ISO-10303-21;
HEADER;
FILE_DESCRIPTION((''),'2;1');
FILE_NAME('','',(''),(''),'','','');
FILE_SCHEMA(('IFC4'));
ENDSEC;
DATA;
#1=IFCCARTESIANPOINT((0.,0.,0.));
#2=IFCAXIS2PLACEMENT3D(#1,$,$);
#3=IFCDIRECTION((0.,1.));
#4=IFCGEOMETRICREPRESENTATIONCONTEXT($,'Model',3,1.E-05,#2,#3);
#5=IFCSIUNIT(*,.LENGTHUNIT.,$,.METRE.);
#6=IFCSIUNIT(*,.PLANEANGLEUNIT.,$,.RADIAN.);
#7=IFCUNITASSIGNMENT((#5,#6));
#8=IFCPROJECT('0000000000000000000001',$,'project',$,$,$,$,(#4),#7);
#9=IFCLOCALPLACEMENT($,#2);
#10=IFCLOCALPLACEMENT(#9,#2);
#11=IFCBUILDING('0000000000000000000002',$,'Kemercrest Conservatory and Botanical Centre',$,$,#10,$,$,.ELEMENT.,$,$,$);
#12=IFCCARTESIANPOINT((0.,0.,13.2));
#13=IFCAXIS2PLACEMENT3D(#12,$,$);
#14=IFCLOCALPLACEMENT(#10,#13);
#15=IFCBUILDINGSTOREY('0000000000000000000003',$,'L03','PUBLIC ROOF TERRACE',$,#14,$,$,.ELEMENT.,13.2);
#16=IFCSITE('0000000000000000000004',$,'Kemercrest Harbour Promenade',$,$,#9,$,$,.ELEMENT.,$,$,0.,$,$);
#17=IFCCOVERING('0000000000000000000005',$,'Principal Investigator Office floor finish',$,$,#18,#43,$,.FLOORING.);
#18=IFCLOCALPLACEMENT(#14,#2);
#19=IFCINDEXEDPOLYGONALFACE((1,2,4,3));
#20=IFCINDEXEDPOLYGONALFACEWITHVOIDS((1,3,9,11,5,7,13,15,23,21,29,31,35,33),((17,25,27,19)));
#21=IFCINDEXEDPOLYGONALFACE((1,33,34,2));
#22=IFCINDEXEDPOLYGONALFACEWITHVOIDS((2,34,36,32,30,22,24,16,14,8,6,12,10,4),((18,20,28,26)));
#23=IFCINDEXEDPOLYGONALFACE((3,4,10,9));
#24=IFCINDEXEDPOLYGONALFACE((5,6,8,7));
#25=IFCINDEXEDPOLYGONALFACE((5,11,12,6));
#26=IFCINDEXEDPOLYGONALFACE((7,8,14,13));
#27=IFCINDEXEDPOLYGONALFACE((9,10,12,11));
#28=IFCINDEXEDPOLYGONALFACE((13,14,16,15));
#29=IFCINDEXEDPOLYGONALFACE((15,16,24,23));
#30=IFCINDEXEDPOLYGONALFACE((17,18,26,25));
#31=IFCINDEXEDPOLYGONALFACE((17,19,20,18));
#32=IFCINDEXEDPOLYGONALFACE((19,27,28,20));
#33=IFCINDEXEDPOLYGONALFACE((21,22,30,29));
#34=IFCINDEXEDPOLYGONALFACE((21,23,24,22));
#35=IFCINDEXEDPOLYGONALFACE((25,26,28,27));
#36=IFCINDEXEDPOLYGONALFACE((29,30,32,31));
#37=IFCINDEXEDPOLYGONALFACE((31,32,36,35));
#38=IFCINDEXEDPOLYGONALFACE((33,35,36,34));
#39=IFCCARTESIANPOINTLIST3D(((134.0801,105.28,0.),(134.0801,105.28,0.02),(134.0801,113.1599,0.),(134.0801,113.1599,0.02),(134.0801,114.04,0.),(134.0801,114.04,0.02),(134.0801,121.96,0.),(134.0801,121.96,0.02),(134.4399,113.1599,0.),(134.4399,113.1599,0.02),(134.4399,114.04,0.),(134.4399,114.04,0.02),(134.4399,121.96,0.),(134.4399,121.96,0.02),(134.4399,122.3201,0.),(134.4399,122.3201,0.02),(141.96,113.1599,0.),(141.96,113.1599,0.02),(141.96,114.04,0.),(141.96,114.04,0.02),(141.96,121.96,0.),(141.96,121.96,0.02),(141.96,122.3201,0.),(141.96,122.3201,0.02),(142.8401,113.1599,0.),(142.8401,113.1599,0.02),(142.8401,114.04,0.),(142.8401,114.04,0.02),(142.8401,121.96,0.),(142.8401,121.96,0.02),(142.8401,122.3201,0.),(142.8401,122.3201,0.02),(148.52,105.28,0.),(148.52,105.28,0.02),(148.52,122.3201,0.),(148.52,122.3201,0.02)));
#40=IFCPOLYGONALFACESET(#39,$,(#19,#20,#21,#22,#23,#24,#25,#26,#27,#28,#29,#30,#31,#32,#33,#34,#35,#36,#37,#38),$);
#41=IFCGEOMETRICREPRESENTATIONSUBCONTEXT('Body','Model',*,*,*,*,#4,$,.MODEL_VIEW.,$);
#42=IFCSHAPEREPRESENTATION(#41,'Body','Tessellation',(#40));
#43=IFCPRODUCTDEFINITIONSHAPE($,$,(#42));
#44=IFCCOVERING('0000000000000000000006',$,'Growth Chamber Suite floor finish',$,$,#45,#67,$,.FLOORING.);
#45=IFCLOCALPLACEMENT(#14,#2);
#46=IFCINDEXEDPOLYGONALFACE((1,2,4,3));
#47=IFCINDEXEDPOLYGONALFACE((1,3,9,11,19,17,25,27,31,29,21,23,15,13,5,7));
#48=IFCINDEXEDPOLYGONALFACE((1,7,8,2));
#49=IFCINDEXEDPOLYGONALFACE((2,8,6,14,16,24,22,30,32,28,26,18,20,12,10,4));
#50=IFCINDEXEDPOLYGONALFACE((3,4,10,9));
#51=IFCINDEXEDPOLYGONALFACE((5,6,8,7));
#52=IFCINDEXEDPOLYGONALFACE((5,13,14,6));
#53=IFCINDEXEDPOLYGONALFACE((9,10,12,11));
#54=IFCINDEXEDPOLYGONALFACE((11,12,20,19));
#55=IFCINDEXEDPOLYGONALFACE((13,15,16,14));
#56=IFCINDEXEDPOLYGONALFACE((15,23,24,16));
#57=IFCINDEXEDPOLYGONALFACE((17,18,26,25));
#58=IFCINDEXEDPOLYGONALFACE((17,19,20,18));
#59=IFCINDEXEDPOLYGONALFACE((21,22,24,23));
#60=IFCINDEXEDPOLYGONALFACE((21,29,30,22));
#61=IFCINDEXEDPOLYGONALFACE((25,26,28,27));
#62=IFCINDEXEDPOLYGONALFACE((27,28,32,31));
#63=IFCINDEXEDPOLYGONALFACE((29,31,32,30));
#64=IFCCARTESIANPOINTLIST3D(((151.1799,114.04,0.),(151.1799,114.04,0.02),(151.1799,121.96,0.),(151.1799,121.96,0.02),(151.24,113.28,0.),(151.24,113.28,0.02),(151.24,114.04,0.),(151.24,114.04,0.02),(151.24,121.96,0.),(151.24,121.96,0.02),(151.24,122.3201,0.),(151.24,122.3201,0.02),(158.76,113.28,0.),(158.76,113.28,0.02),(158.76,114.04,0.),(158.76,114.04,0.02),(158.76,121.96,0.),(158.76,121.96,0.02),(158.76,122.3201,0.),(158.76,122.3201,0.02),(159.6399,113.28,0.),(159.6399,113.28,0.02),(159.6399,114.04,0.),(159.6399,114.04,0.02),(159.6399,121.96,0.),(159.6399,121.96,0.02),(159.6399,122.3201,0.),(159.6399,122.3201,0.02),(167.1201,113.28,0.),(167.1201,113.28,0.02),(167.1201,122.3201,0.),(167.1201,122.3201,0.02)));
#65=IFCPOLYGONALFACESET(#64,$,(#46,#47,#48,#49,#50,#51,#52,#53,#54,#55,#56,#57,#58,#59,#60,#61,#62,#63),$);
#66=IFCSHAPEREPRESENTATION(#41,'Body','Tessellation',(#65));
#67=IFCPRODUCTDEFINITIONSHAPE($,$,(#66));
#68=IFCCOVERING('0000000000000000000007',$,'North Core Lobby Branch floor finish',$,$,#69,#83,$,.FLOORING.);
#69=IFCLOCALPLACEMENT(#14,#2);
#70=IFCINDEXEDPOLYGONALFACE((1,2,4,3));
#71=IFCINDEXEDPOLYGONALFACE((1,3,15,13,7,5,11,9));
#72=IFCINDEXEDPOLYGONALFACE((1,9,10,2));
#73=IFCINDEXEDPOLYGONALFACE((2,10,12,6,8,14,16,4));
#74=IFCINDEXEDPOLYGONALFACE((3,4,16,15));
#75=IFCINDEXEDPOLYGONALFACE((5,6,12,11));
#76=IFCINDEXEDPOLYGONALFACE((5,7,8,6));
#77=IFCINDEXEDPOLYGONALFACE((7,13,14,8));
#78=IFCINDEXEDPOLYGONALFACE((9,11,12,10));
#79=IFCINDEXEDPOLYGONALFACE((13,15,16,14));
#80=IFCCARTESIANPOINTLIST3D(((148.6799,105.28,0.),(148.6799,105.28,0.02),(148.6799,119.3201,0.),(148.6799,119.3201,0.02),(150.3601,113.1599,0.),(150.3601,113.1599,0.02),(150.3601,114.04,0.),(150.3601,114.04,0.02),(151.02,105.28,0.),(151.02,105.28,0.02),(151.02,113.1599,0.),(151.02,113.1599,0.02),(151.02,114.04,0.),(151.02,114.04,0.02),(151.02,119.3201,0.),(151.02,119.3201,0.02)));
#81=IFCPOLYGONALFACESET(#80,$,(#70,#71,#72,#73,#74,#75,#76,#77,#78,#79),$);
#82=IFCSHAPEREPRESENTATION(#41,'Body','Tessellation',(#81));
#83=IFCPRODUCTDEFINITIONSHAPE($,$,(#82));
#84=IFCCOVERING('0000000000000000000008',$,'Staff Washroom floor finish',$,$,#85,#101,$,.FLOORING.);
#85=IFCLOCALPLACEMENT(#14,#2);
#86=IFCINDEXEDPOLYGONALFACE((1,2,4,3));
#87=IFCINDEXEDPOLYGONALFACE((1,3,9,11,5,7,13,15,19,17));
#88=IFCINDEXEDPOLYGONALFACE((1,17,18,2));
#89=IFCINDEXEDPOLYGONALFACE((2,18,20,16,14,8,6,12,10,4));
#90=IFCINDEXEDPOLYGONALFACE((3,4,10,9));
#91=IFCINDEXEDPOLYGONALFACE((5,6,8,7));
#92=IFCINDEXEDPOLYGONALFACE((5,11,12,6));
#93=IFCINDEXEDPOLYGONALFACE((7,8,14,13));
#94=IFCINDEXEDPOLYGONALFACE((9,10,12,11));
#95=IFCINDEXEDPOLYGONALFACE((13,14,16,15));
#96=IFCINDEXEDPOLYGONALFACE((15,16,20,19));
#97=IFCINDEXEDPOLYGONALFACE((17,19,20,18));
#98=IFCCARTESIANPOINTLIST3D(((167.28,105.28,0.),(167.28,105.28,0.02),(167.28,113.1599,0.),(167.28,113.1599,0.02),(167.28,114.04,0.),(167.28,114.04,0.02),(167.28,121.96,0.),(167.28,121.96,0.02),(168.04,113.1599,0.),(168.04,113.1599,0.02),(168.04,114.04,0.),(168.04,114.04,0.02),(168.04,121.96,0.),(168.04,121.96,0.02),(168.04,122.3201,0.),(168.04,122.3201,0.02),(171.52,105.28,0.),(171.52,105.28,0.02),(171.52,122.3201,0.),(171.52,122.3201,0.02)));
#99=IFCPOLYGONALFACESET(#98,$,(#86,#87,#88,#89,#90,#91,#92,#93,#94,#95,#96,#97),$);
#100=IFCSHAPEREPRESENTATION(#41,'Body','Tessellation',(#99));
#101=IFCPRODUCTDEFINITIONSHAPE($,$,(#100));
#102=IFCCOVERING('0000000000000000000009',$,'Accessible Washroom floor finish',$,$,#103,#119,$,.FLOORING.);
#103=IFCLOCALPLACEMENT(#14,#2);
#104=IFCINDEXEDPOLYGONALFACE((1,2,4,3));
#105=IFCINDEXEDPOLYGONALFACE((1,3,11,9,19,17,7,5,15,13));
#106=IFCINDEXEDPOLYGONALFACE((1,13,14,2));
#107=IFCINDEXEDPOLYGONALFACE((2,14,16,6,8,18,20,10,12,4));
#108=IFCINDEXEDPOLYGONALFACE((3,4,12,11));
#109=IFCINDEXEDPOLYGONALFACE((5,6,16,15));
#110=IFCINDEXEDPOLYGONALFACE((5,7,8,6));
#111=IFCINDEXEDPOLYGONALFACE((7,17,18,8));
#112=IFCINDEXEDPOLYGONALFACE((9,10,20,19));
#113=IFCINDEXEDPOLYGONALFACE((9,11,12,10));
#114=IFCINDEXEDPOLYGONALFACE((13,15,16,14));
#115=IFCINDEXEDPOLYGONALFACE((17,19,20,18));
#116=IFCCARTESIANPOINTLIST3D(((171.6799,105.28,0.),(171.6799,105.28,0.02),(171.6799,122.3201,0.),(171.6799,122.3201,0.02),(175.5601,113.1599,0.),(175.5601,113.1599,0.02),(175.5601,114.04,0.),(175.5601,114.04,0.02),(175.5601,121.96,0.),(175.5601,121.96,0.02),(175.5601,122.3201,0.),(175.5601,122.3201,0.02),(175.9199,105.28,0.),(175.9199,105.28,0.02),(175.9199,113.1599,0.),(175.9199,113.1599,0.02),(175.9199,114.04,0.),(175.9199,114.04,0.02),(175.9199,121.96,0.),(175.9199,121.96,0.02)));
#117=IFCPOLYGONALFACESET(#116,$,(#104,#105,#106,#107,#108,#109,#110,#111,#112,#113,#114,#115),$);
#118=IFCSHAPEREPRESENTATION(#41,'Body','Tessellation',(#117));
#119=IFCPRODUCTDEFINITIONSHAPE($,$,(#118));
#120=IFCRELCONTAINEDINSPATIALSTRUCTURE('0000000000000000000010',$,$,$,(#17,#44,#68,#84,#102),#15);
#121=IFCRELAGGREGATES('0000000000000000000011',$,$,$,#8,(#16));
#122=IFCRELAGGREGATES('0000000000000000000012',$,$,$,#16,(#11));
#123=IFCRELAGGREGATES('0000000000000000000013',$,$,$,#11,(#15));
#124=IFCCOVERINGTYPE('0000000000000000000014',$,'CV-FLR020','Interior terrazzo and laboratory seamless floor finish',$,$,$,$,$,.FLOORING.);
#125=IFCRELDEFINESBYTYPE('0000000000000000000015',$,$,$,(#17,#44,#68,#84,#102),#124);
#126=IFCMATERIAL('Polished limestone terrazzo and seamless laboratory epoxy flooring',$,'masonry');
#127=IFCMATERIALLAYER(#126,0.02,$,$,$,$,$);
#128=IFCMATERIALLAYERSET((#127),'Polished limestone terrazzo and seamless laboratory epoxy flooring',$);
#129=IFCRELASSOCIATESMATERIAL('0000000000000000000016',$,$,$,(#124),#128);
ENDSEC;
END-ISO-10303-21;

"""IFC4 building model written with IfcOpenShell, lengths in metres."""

from ifc_helpers import new_model, si_unit, direction, frame, origin, place, context, subcontext, project, spatial, polyline, outline, extrude, material, layer, layer_set, type_object, element, save


model = new_model("IFC4")

# Units and contexts
model_context = context("Model", 3, precision=1e-05, world=origin(), true_north=direction((0.0, 1.0)))
body_context = subcontext(model_context, "Body", "Model", "MODEL_VIEW")
ifc_project = project(units=[si_unit("LENGTHUNIT", "METRE"), si_unit("PLANEANGLEUNIT", "RADIAN")], contexts=[model_context])

# Site, building, storey
site_placement = place(None, origin())
site = spatial("IfcSite", under=ifc_project, at=site_placement, Name="Kemercrest Harbour Promenade", CompositionType="ELEMENT", RefElevation=0.0)
building_placement = place(site_placement, origin())
building = spatial("IfcBuilding", under=site, at=building_placement, Name="Kemercrest Conservatory and Botanical Centre", CompositionType="ELEMENT")
storey_placement = place(building_placement, frame((0.0, 0.0, 13.2)))
storey = spatial("IfcBuildingStorey", under=building, at=storey_placement, Name="L03", Description="PUBLIC ROOF TERRACE", CompositionType="ELEMENT", Elevation=13.2)

# Coverings
ifc_material_1 = material(Name="Polished limestone terrazzo and seamless laboratory epoxy flooring", Category="masonry")
ifc_layer_1 = layer(ifc_material_1, 0.02)
ifc_layer_set_1 = layer_set([ifc_layer_1], Name="Polished limestone terrazzo and seamless laboratory epoxy flooring")
covering_type_1 = type_object("IfcCoveringType", Name="CV-FLR020", Description="Interior terrazzo and laboratory seamless floor finish", PredefinedType="FLOORING", material=ifc_layer_set_1)
covering_1_placement = place(storey_placement, origin())
element("IfcCovering", 1, at=covering_1_placement, inside=storey, type_object=covering_type_1, Name="Principal Investigator Office floor finish", PredefinedType="FLOORING", context=body_context, shape_type="SweptSolid", body=[
    extrude(outline(polyline([(134.4399, 113.1599), (134.0801, 113.1599), (134.0801, 105.28), (148.52, 105.28), (148.52, 122.3201), (142.8401, 122.3201), (142.8401, 121.96), (141.96, 121.96), (141.96, 122.3201), (134.4399, 122.3201), (134.4399, 121.96), (134.0801, 121.96), (134.0801, 114.04), (134.4399, 114.04), (134.4399, 113.1599)]), holes=[polyline([(142.8401, 114.04), (142.8401, 113.1599), (141.96, 113.1599), (141.96, 114.04), (142.8401, 114.04)])]), origin(), (0.0, 0.0, 1.0), 0.02),
])
covering_2_placement = place(storey_placement, origin())
element("IfcCovering", 2, at=covering_2_placement, inside=storey, type_object=covering_type_1, Name="Growth Chamber Suite floor finish", PredefinedType="FLOORING", context=body_context, shape_type="SweptSolid", body=[
    extrude(outline(polyline([(159.6399, 113.28), (167.1201, 113.28), (167.1201, 122.3201), (159.6399, 122.3201), (159.6399, 121.96), (158.76, 121.96), (158.76, 122.3201), (151.24, 122.3201), (151.24, 121.96), (151.1799, 121.96), (151.1799, 114.04), (151.24, 114.04), (151.24, 113.28), (158.76, 113.28), (158.76, 114.04), (159.6399, 114.04), (159.6399, 113.28)])), origin(), (0.0, 0.0, 1.0), 0.02),
])
covering_3_placement = place(storey_placement, origin())
element("IfcCovering", 3, at=covering_3_placement, inside=storey, type_object=covering_type_1, Name="North Core Lobby Branch floor finish", PredefinedType="FLOORING", context=body_context, shape_type="SweptSolid", body=[
    extrude(outline(polyline([(148.6799, 105.28), (151.02, 105.28), (151.02, 113.1599), (150.3601, 113.1599), (150.3601, 114.04), (151.02, 114.04), (151.02, 119.3201), (148.6799, 119.3201), (148.6799, 105.28)])), origin(), (0.0, 0.0, 1.0), 0.02),
])
covering_4_placement = place(storey_placement, origin())
element("IfcCovering", 4, at=covering_4_placement, inside=storey, type_object=covering_type_1, Name="Staff Washroom floor finish", PredefinedType="FLOORING", context=body_context, shape_type="SweptSolid", body=[
    extrude(outline(polyline([(167.28, 105.28), (171.52, 105.28), (171.52, 122.3201), (168.04, 122.3201), (168.04, 121.96), (167.28, 121.96), (167.28, 114.04), (168.04, 114.04), (168.04, 113.1599), (167.28, 113.1599), (167.28, 105.28)])), origin(), (0.0, 0.0, 1.0), 0.02),
])
covering_5_placement = place(storey_placement, origin())
element("IfcCovering", 5, at=covering_5_placement, inside=storey, type_object=covering_type_1, Name="Accessible Washroom floor finish", PredefinedType="FLOORING", context=body_context, shape_type="SweptSolid", body=[
    extrude(outline(polyline([(171.6799, 105.28), (175.9199, 105.28), (175.9199, 113.1599), (175.5601, 113.1599), (175.5601, 114.04), (175.9199, 114.04), (175.9199, 121.96), (175.5601, 121.96), (175.5601, 122.3201), (171.6799, 122.3201), (171.6799, 105.28)])), origin(), (0.0, 0.0, 1.0), 0.02),
])

save(model, "model.ifc")
